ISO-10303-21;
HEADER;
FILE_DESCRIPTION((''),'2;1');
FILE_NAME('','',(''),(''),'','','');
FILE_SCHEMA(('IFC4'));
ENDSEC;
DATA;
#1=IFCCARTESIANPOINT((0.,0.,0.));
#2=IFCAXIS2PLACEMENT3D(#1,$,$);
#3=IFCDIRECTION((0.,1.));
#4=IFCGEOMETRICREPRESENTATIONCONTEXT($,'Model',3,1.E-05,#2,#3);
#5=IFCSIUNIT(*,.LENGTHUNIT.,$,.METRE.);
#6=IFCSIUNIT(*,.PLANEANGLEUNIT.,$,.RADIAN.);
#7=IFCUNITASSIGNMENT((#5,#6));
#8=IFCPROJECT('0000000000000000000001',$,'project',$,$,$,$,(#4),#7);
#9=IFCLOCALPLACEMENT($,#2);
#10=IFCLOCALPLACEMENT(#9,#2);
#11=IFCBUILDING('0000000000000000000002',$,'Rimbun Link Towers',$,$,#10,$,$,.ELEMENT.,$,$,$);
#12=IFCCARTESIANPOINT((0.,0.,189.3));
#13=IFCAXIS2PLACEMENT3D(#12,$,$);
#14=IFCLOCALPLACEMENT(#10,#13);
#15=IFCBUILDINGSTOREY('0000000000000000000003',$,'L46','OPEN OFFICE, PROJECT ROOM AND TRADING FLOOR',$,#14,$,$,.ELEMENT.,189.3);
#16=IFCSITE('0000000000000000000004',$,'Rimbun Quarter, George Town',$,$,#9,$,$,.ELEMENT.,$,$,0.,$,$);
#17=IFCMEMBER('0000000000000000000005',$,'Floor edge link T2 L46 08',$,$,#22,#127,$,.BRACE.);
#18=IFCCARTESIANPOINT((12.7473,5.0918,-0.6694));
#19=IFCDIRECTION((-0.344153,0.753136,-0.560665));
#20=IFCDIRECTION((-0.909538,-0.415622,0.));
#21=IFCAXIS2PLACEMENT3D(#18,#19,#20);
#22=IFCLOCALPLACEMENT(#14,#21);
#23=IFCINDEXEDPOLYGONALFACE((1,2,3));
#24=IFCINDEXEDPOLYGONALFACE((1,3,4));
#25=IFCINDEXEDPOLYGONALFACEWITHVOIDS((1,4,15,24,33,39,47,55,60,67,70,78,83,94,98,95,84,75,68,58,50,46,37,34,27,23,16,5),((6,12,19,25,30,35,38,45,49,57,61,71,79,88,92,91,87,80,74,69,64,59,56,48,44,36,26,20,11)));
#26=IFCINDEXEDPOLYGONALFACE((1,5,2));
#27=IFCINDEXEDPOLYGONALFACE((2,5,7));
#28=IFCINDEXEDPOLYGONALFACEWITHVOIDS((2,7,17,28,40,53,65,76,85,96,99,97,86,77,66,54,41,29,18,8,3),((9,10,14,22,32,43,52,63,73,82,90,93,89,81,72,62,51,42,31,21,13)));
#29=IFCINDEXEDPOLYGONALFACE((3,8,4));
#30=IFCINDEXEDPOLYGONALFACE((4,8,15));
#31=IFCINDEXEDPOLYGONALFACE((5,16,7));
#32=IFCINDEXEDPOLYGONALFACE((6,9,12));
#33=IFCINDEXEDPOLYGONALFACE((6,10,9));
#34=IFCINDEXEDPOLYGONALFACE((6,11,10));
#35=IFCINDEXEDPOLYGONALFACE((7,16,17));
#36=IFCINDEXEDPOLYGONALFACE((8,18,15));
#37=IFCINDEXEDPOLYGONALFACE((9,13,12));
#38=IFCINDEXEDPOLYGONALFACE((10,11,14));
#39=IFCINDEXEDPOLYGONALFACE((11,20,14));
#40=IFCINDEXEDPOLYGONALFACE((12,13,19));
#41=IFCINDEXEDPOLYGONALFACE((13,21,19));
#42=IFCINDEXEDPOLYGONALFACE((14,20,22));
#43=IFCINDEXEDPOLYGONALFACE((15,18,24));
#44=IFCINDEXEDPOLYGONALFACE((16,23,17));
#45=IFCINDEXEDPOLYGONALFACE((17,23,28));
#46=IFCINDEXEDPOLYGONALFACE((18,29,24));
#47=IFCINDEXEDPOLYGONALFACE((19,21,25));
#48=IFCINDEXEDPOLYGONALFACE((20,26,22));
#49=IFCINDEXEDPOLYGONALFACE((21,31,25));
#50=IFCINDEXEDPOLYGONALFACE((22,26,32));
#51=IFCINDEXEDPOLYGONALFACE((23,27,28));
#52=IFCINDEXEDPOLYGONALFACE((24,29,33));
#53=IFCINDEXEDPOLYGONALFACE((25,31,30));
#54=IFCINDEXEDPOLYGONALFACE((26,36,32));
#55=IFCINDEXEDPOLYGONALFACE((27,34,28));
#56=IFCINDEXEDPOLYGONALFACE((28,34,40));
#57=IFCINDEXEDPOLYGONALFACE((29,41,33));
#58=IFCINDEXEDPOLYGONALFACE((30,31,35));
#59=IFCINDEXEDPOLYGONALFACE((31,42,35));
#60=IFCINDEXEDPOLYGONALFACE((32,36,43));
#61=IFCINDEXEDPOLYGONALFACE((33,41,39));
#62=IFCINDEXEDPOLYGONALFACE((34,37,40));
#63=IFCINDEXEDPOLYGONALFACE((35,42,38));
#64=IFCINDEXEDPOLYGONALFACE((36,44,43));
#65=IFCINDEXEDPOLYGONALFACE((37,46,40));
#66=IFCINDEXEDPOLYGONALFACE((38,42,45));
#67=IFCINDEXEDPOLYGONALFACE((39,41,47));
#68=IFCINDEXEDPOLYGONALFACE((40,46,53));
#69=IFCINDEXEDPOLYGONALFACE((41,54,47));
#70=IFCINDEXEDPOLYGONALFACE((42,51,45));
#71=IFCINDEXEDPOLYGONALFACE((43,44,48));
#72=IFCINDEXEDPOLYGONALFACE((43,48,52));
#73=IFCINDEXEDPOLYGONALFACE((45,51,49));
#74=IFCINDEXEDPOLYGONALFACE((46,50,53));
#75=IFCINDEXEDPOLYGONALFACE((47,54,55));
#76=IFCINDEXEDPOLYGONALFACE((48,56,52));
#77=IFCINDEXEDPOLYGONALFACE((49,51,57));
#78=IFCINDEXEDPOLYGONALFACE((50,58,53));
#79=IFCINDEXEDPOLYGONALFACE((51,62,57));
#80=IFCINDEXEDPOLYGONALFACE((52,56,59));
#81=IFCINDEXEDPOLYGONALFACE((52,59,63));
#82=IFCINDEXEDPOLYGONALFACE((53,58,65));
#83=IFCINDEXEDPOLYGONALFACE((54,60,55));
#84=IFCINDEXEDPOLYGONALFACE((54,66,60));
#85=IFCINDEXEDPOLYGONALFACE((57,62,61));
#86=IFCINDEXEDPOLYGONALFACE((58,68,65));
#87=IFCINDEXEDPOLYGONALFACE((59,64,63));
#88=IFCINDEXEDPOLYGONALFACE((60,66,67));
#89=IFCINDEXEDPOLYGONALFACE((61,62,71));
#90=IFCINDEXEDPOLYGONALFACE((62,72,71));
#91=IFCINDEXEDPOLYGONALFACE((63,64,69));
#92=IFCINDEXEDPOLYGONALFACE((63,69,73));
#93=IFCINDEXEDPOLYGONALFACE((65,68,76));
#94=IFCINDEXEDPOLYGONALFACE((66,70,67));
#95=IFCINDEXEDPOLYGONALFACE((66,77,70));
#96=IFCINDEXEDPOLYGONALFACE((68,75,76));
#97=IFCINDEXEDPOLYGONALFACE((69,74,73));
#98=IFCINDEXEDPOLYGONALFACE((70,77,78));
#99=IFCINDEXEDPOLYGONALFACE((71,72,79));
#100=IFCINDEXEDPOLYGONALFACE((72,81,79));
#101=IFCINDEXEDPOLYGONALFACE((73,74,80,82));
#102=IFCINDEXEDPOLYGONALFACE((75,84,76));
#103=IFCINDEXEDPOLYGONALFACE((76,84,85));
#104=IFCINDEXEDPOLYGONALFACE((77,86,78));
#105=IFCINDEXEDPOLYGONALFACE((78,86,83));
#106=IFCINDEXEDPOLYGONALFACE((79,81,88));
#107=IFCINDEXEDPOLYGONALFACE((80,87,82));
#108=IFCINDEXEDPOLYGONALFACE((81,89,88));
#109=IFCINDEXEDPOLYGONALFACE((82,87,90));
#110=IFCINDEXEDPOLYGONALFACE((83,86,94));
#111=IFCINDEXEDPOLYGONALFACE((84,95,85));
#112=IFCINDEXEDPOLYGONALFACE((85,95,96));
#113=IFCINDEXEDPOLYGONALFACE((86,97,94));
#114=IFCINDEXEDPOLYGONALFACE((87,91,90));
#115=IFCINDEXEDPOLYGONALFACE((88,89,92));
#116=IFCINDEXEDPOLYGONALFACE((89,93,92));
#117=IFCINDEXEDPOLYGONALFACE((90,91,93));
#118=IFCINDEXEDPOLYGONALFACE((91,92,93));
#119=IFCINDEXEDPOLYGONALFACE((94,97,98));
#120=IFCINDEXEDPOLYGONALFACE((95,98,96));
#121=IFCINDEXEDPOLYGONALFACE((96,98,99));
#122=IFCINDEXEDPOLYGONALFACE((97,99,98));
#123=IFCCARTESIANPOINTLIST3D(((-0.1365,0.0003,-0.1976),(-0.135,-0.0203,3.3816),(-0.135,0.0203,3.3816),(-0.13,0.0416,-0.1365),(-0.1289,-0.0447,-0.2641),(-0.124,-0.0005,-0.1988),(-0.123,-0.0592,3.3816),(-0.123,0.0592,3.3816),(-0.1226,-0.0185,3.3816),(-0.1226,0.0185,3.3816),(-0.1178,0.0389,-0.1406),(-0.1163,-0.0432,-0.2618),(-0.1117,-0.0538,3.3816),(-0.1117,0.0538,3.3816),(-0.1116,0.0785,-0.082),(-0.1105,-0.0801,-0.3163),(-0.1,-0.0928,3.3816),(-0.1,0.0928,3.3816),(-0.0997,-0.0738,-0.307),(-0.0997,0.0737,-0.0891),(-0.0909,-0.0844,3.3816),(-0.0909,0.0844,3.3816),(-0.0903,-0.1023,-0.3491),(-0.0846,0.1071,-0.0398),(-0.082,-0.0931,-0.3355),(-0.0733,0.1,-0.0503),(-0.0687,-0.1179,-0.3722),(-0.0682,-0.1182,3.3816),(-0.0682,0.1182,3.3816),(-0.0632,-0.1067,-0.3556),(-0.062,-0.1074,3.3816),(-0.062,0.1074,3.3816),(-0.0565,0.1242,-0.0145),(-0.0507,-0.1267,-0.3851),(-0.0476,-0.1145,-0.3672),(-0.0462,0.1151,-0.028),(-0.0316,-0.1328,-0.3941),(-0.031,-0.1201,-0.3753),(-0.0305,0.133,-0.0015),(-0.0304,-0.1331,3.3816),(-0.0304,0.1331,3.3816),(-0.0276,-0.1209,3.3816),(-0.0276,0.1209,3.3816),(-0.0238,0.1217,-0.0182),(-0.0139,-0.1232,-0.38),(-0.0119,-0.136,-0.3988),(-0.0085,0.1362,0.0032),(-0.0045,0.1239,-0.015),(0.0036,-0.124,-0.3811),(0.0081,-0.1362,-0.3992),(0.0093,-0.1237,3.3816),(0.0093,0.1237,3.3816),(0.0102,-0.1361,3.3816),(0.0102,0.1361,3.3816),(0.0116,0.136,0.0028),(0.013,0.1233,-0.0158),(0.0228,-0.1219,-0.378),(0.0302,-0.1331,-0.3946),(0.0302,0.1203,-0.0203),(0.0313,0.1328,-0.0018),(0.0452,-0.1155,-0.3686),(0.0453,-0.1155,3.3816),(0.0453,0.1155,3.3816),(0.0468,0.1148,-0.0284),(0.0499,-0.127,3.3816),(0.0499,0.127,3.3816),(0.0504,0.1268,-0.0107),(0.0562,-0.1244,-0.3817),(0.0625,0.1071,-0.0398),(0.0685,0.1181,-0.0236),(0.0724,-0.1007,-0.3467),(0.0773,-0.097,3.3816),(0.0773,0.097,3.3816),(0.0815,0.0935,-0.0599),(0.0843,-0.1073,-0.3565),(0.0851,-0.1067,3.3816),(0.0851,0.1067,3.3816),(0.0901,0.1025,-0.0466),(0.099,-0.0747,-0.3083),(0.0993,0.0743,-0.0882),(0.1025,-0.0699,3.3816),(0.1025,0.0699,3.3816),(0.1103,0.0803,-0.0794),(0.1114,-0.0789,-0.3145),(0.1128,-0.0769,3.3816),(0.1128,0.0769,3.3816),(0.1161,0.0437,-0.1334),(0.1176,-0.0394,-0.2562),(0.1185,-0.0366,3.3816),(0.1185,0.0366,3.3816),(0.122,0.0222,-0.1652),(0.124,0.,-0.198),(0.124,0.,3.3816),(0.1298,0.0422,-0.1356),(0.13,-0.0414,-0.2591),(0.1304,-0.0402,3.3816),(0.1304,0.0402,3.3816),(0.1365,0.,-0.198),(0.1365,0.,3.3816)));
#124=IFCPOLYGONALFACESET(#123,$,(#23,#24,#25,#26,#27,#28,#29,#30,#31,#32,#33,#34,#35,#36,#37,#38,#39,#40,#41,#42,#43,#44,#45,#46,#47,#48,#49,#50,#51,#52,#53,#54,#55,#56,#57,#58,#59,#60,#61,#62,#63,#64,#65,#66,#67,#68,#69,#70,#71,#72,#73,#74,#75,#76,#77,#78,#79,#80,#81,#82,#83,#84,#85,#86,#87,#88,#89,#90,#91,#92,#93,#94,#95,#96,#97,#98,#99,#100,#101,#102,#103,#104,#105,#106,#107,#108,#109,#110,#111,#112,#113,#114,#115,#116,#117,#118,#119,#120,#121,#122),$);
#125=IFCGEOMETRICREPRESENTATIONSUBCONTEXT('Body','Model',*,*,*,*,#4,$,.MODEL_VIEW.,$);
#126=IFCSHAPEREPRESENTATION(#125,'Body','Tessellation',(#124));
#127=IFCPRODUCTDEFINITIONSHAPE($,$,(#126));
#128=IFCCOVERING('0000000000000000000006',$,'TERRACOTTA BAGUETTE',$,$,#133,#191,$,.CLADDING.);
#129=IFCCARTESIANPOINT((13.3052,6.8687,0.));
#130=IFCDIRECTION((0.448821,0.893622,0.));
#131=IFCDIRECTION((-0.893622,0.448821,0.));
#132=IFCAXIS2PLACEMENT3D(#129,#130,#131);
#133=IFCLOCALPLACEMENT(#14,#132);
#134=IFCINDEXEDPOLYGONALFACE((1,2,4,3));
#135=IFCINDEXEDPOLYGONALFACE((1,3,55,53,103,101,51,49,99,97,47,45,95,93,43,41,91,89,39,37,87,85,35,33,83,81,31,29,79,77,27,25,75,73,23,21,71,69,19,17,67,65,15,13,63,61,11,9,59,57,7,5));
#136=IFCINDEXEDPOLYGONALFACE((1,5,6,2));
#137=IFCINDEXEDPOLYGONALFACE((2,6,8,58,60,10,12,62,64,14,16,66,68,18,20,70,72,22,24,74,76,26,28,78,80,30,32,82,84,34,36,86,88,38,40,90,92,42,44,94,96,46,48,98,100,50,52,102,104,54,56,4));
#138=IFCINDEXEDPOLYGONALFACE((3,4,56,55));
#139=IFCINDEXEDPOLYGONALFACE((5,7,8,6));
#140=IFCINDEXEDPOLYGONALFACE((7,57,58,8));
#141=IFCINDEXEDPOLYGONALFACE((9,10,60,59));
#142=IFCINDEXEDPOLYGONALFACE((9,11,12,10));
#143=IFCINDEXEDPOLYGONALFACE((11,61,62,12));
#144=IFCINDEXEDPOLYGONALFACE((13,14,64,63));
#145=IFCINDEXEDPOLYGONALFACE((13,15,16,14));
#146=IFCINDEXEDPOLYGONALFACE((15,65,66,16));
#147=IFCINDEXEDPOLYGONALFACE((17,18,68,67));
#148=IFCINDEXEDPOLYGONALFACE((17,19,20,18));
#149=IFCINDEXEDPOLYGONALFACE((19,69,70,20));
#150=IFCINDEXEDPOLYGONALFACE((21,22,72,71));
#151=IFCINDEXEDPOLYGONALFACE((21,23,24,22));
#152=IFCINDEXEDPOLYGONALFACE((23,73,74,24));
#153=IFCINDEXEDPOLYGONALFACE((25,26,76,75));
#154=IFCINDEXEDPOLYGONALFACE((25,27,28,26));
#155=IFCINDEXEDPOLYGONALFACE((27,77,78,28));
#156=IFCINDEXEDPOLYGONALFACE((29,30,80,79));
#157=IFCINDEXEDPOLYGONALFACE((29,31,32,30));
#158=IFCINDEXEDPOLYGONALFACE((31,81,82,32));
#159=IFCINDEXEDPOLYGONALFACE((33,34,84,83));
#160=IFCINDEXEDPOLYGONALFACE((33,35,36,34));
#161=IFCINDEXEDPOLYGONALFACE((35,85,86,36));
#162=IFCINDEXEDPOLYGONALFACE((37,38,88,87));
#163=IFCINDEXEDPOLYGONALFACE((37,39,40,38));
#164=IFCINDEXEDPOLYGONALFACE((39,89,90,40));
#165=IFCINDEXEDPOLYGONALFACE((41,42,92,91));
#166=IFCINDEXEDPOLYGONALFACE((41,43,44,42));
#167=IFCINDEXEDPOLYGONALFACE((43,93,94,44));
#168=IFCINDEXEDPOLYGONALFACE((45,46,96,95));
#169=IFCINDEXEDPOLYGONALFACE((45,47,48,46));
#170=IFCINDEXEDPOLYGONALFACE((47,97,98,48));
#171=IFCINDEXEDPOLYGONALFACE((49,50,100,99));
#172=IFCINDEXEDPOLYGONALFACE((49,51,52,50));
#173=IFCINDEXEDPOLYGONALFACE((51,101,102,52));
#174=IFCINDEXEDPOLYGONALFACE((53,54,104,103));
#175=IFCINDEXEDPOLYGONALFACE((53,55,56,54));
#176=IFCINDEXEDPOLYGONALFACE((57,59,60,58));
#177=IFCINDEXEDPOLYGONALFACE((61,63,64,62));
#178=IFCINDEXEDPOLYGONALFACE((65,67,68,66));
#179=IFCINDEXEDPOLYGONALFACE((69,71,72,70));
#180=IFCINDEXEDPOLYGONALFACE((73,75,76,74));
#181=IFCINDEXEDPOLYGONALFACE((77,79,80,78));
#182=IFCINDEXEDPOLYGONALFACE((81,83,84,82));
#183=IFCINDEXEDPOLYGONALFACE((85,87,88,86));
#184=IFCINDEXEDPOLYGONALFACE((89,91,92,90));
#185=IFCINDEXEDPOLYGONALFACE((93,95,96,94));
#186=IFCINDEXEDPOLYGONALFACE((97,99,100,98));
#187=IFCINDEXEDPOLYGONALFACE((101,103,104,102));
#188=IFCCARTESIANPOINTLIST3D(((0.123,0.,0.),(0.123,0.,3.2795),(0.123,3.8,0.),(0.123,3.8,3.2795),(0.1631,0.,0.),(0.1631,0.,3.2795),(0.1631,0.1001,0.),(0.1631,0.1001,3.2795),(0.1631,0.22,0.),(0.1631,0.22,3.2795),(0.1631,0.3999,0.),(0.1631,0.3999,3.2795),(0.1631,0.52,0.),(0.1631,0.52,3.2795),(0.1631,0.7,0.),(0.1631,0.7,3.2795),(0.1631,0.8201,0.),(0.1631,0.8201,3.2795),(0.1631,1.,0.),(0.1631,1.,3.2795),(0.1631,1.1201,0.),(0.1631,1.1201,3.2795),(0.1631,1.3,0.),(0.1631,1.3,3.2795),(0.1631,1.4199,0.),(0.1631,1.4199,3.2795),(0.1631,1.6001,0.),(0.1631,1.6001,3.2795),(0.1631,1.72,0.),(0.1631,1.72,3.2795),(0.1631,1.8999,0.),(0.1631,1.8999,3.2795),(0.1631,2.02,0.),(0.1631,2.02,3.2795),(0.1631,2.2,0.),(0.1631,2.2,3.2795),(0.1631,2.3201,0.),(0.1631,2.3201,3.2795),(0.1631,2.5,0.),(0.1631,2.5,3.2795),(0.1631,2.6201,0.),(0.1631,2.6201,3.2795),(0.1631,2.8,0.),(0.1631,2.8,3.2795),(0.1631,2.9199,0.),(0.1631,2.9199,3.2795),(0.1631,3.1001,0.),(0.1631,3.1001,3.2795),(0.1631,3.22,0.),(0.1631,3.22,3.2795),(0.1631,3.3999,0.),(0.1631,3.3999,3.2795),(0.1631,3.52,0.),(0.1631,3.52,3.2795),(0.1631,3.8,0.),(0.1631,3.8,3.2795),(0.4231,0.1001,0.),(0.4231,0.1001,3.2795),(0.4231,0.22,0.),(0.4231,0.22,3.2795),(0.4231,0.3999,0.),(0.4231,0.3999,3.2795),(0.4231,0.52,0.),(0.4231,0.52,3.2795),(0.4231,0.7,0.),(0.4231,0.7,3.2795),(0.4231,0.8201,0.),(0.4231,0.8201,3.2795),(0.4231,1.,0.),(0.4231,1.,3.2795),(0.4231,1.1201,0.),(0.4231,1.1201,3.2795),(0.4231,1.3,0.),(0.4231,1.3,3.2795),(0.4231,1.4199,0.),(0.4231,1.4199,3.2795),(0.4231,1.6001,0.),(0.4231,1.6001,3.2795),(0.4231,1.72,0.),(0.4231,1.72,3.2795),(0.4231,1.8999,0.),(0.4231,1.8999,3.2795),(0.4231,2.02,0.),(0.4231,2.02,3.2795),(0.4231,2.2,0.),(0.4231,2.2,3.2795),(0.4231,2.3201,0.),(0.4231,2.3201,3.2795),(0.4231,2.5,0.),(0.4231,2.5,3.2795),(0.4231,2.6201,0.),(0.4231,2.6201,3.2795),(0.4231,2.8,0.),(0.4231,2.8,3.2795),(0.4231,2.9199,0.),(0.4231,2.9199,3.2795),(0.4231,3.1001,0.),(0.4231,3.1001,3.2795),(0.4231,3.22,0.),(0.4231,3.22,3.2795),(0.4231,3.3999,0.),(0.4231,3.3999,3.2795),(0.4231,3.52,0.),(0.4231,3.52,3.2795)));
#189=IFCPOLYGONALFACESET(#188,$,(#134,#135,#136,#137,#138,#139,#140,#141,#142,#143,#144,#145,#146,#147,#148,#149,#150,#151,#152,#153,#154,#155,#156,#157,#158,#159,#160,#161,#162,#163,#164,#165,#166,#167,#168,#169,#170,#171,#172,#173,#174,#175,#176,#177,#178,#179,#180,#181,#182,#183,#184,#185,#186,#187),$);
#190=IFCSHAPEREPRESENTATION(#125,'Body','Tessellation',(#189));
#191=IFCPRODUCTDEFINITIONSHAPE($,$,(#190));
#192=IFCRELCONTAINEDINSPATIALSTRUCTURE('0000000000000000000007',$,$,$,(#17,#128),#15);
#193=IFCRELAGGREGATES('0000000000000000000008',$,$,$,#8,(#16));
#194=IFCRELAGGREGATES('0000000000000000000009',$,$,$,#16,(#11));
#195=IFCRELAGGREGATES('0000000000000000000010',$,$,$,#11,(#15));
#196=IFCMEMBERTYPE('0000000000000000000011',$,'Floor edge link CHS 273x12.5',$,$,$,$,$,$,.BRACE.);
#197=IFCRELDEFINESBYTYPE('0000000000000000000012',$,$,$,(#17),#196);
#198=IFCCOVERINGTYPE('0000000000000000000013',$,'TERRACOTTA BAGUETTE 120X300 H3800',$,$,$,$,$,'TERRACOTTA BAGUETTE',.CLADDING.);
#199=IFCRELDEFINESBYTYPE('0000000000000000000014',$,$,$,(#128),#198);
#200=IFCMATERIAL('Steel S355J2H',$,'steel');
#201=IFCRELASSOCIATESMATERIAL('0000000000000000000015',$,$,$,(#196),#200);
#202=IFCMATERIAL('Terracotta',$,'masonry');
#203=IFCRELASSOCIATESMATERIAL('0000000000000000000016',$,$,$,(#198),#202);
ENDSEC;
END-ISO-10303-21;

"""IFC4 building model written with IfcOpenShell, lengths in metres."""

from ifc_helpers import new_model, si_unit, direction, frame, origin, origin_2d, place, context, subcontext, project, spatial, polyline, hollow_circle, outline, extrude, clip, halfspace, material, material_profile, profile_set, type_object, element, save


model = new_model("IFC4")

# Units and contexts
model_context = context("Model", 3, precision=1e-05, world=origin(), true_north=direction((0.0, 1.0)))
body_context = subcontext(model_context, "Body", "Model", "MODEL_VIEW")
ifc_project = project(units=[si_unit("LENGTHUNIT", "METRE"), si_unit("PLANEANGLEUNIT", "RADIAN")], contexts=[model_context])

# Site, building, storey
site_placement = place(None, origin())
site = spatial("IfcSite", under=ifc_project, at=site_placement, Name="Rimbun Quarter, George Town", CompositionType="ELEMENT", RefElevation=0.0)
building_placement = place(site_placement, origin())
building = spatial("IfcBuilding", under=site, at=building_placement, Name="Rimbun Link Towers", CompositionType="ELEMENT")
storey_placement = place(building_placement, frame((0.0, 0.0, 189.3)))
storey = spatial("IfcBuildingStorey", under=building, at=storey_placement, Name="L46", Description="OPEN OFFICE, PROJECT ROOM AND TRADING FLOOR", CompositionType="ELEMENT", Elevation=189.3)

# Member
ifc_material_1 = material(Name="Steel S355J2H", Category="steel")
ifc_material_profile_1 = material_profile(ifc_material_1, hollow_circle(Radius=0.1365, WallThickness=0.0125, at=origin_2d()), Name="CHS 273x12.5")
ifc_profile_set_1 = profile_set([ifc_material_profile_1], Name="Steel S355J2H")
member_type_1 = type_object("IfcMemberType", Name="Floor edge link CHS 273x12.5", PredefinedType="BRACE", material=ifc_profile_set_1)
member_1_placement = place(storey_placement, frame((12.7473, 5.0918, -0.6694), z_axis=(-0.344153, 0.753136, -0.560665), x_axis=(-0.909538, -0.415622, 0.0)))
element("IfcMember", 1, at=member_1_placement, inside=storey, type_object=member_type_1, Name="Floor edge link T2 L46 08", PredefinedType="BRACE", context=body_context, shape_type="Clipping", body=[
    clip(extrude(hollow_circle(Radius=0.1365, WallThickness=0.0125, at=origin_2d()), frame((0.0, 0.0, -0.4211)), (0.0, 0.0, 1.0), 3.8027), halfspace(frame((0.0, 0.0, -0.198), z_axis=(0.0, 0.828043, -0.560665)), False)),
])

# Covering
ifc_material_2 = material(Name="Terracotta", Category="masonry")
ifc_material_profile_2 = material_profile(ifc_material_2, outline(polyline([(0.123, 0.0), (0.1631, 0.0), (0.1631, 0.1001), (0.4231, 0.1001), (0.4231, 0.22), (0.1631, 0.22), (0.1631, 0.3999), (0.4231, 0.3999), (0.4231, 0.52), (0.1631, 0.52), (0.1631, 0.7), (0.4231, 0.7), (0.4231, 0.8201), (0.1631, 0.8201), (0.1631, 1.0), (0.4231, 1.0), (0.4231, 1.1201), (0.1631, 1.1201), (0.1631, 1.3), (0.4231, 1.3), (0.4231, 1.4199), (0.1631, 1.4199), (0.1631, 1.6001), (0.4231, 1.6001), (0.4231, 1.72), (0.1631, 1.72), (0.1631, 1.8999), (0.4231, 1.8999), (0.4231, 2.02), (0.1631, 2.02), (0.1631, 2.2), (0.4231, 2.2), (0.4231, 2.3201), (0.1631, 2.3201), (0.1631, 2.5), (0.4231, 2.5), (0.4231, 2.6201), (0.1631, 2.6201), (0.1631, 2.8), (0.4231, 2.8), (0.4231, 2.9199), (0.1631, 2.9199), (0.1631, 3.1001), (0.4231, 3.1001), (0.4231, 3.22), (0.1631, 3.22), (0.1631, 3.3999), (0.4231, 3.3999), (0.4231, 3.52), (0.1631, 3.52), (0.1631, 3.8), (0.123, 3.8), (0.123, 0.0)])), Name="BAGUETTE 120X300")
ifc_profile_set_2 = profile_set([ifc_material_profile_2], Name="Terracotta")
covering_type = type_object("IfcCoveringType", Name="TERRACOTTA BAGUETTE 120X300 H3800", ElementType="TERRACOTTA BAGUETTE", PredefinedType="CLADDING", material=ifc_profile_set_2)
covering_1_placement = place(storey_placement, frame((13.3052, 6.8687, 0.0), z_axis=(0.448821, 0.893622, 0.0), x_axis=(-0.893622, 0.448821, 0.0)))
element("IfcCovering", 2, at=covering_1_placement, inside=storey, type_object=covering_type, Name="TERRACOTTA BAGUETTE", PredefinedType="CLADDING", context=body_context, shape_type="SweptSolid", body=[
    extrude(outline(polyline([(0.123, 0.0), (0.1631, 0.0), (0.1631, 0.1001), (0.4231, 0.1001), (0.4231, 0.22), (0.1631, 0.22), (0.1631, 0.3999), (0.4231, 0.3999), (0.4231, 0.52), (0.1631, 0.52), (0.1631, 0.7), (0.4231, 0.7), (0.4231, 0.8201), (0.1631, 0.8201), (0.1631, 1.0), (0.4231, 1.0), (0.4231, 1.1201), (0.1631, 1.1201), (0.1631, 1.3), (0.4231, 1.3), (0.4231, 1.4199), (0.1631, 1.4199), (0.1631, 1.6001), (0.4231, 1.6001), (0.4231, 1.72), (0.1631, 1.72), (0.1631, 1.8999), (0.4231, 1.8999), (0.4231, 2.02), (0.1631, 2.02), (0.1631, 2.2), (0.4231, 2.2), (0.4231, 2.3201), (0.1631, 2.3201), (0.1631, 2.5), (0.4231, 2.5), (0.4231, 2.6201), (0.1631, 2.6201), (0.1631, 2.8), (0.4231, 2.8), (0.4231, 2.9199), (0.1631, 2.9199), (0.1631, 3.1001), (0.4231, 3.1001), (0.4231, 3.22), (0.1631, 3.22), (0.1631, 3.3999), (0.4231, 3.3999), (0.4231, 3.52), (0.1631, 3.52), (0.1631, 3.8), (0.123, 3.8), (0.123, 0.0)])), origin(), (0.0, 0.0, 1.0), 3.2795),
])

save(model, "model.ifc")
